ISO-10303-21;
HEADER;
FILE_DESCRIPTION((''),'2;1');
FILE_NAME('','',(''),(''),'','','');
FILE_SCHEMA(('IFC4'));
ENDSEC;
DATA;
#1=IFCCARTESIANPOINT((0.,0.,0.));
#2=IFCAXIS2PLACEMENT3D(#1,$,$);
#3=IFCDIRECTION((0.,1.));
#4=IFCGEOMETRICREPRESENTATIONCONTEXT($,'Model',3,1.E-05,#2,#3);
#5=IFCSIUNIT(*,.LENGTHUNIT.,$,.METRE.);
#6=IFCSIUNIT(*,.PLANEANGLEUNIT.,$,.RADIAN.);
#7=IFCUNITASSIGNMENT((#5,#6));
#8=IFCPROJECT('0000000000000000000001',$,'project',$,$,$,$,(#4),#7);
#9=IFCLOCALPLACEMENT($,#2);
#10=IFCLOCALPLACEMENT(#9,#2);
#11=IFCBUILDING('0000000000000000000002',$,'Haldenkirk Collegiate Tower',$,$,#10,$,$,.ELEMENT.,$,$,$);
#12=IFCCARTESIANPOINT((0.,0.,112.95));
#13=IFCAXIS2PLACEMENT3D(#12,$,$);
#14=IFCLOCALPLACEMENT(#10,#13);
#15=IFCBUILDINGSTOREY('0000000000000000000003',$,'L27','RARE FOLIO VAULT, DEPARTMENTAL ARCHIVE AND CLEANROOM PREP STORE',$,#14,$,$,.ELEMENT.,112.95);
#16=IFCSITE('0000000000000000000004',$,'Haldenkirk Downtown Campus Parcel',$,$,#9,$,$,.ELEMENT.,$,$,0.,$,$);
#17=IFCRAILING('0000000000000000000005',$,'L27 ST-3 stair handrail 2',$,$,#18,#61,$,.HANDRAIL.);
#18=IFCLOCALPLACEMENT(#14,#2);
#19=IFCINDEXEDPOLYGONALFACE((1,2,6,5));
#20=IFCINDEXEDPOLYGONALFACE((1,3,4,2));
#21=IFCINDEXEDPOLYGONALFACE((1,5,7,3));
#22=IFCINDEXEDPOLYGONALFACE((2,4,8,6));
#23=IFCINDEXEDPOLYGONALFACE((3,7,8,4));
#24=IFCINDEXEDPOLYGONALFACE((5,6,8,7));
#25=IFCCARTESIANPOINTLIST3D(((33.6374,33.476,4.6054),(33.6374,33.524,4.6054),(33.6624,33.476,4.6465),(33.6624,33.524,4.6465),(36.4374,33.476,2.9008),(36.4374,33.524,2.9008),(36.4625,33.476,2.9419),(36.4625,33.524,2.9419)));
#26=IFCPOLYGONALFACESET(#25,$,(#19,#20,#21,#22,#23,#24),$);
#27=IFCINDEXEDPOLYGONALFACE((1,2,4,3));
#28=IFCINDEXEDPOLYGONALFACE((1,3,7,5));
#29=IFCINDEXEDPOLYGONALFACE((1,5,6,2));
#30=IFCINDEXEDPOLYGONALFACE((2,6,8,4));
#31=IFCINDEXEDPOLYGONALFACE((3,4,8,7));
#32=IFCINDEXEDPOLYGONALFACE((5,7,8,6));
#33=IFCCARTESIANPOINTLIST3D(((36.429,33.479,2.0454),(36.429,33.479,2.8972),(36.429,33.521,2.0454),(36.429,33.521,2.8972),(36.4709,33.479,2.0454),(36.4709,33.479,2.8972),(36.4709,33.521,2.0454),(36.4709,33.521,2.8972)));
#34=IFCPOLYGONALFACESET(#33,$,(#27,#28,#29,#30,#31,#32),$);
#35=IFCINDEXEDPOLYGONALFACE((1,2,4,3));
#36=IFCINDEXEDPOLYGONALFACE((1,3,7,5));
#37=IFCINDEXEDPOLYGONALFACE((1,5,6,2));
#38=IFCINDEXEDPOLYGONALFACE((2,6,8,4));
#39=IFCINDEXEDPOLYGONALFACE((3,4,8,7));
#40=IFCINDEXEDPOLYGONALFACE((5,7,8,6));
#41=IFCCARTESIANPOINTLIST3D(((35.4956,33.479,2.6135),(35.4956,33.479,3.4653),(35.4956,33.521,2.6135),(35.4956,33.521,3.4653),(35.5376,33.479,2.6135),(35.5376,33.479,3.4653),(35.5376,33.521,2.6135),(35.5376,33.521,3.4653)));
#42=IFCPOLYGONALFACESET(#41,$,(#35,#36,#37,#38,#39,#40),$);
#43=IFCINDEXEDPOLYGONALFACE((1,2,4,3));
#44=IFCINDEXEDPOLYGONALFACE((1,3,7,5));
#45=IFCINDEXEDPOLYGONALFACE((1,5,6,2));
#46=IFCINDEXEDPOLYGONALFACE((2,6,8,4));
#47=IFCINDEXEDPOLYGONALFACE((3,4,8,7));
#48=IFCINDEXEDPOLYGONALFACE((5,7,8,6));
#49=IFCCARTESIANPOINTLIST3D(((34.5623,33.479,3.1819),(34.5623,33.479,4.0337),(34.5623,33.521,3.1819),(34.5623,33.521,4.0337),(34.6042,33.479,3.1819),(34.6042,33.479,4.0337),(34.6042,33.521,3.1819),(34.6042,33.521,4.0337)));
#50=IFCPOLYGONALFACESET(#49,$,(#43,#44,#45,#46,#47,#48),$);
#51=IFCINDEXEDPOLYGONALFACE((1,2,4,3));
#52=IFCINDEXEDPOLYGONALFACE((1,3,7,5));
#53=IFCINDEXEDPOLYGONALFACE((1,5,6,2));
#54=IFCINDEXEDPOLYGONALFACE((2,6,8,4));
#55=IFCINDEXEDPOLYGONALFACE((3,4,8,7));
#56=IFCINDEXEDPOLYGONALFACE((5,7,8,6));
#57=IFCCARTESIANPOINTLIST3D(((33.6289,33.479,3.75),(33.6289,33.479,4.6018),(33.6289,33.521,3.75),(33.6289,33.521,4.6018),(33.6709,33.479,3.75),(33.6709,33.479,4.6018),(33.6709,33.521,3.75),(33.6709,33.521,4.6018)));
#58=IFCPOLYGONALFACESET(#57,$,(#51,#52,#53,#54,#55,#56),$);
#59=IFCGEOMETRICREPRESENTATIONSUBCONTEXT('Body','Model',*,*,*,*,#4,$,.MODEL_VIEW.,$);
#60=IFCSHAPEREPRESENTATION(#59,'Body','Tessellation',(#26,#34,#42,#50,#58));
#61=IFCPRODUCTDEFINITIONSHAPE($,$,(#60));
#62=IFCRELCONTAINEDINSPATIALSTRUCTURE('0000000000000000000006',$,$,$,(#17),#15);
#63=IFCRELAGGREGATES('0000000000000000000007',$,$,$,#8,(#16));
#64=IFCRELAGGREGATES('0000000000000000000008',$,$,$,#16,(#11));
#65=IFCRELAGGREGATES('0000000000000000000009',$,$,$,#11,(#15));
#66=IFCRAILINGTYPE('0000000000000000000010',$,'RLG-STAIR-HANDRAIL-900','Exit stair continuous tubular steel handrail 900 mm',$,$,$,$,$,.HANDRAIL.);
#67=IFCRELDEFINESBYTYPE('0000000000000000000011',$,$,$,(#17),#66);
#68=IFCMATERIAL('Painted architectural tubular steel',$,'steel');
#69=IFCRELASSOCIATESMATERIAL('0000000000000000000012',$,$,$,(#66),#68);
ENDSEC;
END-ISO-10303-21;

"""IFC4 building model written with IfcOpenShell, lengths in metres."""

from ifc_helpers import new_model, si_unit, direction, frame, origin, origin_2d, place, context, subcontext, project, spatial, rectangle, extrude, material, type_object, element, save


model = new_model("IFC4")

# Units and contexts
model_context = context("Model", 3, precision=1e-05, world=origin(), true_north=direction((0.0, 1.0)))
body_context = subcontext(model_context, "Body", "Model", "MODEL_VIEW")
ifc_project = project(units=[si_unit("LENGTHUNIT", "METRE"), si_unit("PLANEANGLEUNIT", "RADIAN")], contexts=[model_context])

# Site, building, storey
site_placement = place(None, origin())
site = spatial("IfcSite", under=ifc_project, at=site_placement, Name="Haldenkirk Downtown Campus Parcel", CompositionType="ELEMENT", RefElevation=0.0)
building_placement = place(site_placement, origin())
building = spatial("IfcBuilding", under=site, at=building_placement, Name="Haldenkirk Collegiate Tower", CompositionType="ELEMENT")
storey_placement = place(building_placement, frame((0.0, 0.0, 112.95)))
storey = spatial("IfcBuildingStorey", under=building, at=storey_placement, Name="L27", Description="RARE FOLIO VAULT, DEPARTMENTAL ARCHIVE AND CLEANROOM PREP STORE", CompositionType="ELEMENT", Elevation=112.95)

# Railing
ifc_material_1 = material(Name="Painted architectural tubular steel", Category="steel")
railing_type_1 = type_object("IfcRailingType", Name="RLG-STAIR-HANDRAIL-900", Description="Exit stair continuous tubular steel handrail 900 mm", PredefinedType="HANDRAIL", material=ifc_material_1)
railing_1_placement = place(storey_placement, frame((36.45, 33.5, 2.0454)))
element("IfcRailing", 1, at=railing_1_placement, inside=storey, type_object=railing_type_1, Name="L27 ST-3 stair handrail 2", PredefinedType="HANDRAIL", context=body_context, shape_type="SweptSolid", body=[
    extrude(rectangle(XDim=0.0481, YDim=0.0481, at=origin_2d()), frame((0.0, 0.0, 0.876), z_axis=(-0.85417, 0.0, 0.519994), x_axis=(0.0, -1.0, 0.0)), (0.0, 0.0, 1.0), 3.2781),
    extrude(rectangle(XDim=0.042, YDim=0.042, at=origin_2d()), origin(), (0.0, 0.0, 1.0), 0.8518),
    extrude(rectangle(XDim=0.042, YDim=0.042, at=origin_2d()), frame((-0.9333, 0.0, 0.5681)), (0.0, 0.0, 1.0), 0.8518),
    extrude(rectangle(XDim=0.042, YDim=0.042, at=origin_2d()), frame((-1.8667, 0.0, 1.1365)), (0.0, 0.0, 1.0), 0.8518),
    extrude(rectangle(XDim=0.042, YDim=0.042, at=origin_2d()), frame((-2.8, 0.0, 1.7046)), (0.0, 0.0, 1.0), 0.8518),
])

save(model, "model.ifc")
